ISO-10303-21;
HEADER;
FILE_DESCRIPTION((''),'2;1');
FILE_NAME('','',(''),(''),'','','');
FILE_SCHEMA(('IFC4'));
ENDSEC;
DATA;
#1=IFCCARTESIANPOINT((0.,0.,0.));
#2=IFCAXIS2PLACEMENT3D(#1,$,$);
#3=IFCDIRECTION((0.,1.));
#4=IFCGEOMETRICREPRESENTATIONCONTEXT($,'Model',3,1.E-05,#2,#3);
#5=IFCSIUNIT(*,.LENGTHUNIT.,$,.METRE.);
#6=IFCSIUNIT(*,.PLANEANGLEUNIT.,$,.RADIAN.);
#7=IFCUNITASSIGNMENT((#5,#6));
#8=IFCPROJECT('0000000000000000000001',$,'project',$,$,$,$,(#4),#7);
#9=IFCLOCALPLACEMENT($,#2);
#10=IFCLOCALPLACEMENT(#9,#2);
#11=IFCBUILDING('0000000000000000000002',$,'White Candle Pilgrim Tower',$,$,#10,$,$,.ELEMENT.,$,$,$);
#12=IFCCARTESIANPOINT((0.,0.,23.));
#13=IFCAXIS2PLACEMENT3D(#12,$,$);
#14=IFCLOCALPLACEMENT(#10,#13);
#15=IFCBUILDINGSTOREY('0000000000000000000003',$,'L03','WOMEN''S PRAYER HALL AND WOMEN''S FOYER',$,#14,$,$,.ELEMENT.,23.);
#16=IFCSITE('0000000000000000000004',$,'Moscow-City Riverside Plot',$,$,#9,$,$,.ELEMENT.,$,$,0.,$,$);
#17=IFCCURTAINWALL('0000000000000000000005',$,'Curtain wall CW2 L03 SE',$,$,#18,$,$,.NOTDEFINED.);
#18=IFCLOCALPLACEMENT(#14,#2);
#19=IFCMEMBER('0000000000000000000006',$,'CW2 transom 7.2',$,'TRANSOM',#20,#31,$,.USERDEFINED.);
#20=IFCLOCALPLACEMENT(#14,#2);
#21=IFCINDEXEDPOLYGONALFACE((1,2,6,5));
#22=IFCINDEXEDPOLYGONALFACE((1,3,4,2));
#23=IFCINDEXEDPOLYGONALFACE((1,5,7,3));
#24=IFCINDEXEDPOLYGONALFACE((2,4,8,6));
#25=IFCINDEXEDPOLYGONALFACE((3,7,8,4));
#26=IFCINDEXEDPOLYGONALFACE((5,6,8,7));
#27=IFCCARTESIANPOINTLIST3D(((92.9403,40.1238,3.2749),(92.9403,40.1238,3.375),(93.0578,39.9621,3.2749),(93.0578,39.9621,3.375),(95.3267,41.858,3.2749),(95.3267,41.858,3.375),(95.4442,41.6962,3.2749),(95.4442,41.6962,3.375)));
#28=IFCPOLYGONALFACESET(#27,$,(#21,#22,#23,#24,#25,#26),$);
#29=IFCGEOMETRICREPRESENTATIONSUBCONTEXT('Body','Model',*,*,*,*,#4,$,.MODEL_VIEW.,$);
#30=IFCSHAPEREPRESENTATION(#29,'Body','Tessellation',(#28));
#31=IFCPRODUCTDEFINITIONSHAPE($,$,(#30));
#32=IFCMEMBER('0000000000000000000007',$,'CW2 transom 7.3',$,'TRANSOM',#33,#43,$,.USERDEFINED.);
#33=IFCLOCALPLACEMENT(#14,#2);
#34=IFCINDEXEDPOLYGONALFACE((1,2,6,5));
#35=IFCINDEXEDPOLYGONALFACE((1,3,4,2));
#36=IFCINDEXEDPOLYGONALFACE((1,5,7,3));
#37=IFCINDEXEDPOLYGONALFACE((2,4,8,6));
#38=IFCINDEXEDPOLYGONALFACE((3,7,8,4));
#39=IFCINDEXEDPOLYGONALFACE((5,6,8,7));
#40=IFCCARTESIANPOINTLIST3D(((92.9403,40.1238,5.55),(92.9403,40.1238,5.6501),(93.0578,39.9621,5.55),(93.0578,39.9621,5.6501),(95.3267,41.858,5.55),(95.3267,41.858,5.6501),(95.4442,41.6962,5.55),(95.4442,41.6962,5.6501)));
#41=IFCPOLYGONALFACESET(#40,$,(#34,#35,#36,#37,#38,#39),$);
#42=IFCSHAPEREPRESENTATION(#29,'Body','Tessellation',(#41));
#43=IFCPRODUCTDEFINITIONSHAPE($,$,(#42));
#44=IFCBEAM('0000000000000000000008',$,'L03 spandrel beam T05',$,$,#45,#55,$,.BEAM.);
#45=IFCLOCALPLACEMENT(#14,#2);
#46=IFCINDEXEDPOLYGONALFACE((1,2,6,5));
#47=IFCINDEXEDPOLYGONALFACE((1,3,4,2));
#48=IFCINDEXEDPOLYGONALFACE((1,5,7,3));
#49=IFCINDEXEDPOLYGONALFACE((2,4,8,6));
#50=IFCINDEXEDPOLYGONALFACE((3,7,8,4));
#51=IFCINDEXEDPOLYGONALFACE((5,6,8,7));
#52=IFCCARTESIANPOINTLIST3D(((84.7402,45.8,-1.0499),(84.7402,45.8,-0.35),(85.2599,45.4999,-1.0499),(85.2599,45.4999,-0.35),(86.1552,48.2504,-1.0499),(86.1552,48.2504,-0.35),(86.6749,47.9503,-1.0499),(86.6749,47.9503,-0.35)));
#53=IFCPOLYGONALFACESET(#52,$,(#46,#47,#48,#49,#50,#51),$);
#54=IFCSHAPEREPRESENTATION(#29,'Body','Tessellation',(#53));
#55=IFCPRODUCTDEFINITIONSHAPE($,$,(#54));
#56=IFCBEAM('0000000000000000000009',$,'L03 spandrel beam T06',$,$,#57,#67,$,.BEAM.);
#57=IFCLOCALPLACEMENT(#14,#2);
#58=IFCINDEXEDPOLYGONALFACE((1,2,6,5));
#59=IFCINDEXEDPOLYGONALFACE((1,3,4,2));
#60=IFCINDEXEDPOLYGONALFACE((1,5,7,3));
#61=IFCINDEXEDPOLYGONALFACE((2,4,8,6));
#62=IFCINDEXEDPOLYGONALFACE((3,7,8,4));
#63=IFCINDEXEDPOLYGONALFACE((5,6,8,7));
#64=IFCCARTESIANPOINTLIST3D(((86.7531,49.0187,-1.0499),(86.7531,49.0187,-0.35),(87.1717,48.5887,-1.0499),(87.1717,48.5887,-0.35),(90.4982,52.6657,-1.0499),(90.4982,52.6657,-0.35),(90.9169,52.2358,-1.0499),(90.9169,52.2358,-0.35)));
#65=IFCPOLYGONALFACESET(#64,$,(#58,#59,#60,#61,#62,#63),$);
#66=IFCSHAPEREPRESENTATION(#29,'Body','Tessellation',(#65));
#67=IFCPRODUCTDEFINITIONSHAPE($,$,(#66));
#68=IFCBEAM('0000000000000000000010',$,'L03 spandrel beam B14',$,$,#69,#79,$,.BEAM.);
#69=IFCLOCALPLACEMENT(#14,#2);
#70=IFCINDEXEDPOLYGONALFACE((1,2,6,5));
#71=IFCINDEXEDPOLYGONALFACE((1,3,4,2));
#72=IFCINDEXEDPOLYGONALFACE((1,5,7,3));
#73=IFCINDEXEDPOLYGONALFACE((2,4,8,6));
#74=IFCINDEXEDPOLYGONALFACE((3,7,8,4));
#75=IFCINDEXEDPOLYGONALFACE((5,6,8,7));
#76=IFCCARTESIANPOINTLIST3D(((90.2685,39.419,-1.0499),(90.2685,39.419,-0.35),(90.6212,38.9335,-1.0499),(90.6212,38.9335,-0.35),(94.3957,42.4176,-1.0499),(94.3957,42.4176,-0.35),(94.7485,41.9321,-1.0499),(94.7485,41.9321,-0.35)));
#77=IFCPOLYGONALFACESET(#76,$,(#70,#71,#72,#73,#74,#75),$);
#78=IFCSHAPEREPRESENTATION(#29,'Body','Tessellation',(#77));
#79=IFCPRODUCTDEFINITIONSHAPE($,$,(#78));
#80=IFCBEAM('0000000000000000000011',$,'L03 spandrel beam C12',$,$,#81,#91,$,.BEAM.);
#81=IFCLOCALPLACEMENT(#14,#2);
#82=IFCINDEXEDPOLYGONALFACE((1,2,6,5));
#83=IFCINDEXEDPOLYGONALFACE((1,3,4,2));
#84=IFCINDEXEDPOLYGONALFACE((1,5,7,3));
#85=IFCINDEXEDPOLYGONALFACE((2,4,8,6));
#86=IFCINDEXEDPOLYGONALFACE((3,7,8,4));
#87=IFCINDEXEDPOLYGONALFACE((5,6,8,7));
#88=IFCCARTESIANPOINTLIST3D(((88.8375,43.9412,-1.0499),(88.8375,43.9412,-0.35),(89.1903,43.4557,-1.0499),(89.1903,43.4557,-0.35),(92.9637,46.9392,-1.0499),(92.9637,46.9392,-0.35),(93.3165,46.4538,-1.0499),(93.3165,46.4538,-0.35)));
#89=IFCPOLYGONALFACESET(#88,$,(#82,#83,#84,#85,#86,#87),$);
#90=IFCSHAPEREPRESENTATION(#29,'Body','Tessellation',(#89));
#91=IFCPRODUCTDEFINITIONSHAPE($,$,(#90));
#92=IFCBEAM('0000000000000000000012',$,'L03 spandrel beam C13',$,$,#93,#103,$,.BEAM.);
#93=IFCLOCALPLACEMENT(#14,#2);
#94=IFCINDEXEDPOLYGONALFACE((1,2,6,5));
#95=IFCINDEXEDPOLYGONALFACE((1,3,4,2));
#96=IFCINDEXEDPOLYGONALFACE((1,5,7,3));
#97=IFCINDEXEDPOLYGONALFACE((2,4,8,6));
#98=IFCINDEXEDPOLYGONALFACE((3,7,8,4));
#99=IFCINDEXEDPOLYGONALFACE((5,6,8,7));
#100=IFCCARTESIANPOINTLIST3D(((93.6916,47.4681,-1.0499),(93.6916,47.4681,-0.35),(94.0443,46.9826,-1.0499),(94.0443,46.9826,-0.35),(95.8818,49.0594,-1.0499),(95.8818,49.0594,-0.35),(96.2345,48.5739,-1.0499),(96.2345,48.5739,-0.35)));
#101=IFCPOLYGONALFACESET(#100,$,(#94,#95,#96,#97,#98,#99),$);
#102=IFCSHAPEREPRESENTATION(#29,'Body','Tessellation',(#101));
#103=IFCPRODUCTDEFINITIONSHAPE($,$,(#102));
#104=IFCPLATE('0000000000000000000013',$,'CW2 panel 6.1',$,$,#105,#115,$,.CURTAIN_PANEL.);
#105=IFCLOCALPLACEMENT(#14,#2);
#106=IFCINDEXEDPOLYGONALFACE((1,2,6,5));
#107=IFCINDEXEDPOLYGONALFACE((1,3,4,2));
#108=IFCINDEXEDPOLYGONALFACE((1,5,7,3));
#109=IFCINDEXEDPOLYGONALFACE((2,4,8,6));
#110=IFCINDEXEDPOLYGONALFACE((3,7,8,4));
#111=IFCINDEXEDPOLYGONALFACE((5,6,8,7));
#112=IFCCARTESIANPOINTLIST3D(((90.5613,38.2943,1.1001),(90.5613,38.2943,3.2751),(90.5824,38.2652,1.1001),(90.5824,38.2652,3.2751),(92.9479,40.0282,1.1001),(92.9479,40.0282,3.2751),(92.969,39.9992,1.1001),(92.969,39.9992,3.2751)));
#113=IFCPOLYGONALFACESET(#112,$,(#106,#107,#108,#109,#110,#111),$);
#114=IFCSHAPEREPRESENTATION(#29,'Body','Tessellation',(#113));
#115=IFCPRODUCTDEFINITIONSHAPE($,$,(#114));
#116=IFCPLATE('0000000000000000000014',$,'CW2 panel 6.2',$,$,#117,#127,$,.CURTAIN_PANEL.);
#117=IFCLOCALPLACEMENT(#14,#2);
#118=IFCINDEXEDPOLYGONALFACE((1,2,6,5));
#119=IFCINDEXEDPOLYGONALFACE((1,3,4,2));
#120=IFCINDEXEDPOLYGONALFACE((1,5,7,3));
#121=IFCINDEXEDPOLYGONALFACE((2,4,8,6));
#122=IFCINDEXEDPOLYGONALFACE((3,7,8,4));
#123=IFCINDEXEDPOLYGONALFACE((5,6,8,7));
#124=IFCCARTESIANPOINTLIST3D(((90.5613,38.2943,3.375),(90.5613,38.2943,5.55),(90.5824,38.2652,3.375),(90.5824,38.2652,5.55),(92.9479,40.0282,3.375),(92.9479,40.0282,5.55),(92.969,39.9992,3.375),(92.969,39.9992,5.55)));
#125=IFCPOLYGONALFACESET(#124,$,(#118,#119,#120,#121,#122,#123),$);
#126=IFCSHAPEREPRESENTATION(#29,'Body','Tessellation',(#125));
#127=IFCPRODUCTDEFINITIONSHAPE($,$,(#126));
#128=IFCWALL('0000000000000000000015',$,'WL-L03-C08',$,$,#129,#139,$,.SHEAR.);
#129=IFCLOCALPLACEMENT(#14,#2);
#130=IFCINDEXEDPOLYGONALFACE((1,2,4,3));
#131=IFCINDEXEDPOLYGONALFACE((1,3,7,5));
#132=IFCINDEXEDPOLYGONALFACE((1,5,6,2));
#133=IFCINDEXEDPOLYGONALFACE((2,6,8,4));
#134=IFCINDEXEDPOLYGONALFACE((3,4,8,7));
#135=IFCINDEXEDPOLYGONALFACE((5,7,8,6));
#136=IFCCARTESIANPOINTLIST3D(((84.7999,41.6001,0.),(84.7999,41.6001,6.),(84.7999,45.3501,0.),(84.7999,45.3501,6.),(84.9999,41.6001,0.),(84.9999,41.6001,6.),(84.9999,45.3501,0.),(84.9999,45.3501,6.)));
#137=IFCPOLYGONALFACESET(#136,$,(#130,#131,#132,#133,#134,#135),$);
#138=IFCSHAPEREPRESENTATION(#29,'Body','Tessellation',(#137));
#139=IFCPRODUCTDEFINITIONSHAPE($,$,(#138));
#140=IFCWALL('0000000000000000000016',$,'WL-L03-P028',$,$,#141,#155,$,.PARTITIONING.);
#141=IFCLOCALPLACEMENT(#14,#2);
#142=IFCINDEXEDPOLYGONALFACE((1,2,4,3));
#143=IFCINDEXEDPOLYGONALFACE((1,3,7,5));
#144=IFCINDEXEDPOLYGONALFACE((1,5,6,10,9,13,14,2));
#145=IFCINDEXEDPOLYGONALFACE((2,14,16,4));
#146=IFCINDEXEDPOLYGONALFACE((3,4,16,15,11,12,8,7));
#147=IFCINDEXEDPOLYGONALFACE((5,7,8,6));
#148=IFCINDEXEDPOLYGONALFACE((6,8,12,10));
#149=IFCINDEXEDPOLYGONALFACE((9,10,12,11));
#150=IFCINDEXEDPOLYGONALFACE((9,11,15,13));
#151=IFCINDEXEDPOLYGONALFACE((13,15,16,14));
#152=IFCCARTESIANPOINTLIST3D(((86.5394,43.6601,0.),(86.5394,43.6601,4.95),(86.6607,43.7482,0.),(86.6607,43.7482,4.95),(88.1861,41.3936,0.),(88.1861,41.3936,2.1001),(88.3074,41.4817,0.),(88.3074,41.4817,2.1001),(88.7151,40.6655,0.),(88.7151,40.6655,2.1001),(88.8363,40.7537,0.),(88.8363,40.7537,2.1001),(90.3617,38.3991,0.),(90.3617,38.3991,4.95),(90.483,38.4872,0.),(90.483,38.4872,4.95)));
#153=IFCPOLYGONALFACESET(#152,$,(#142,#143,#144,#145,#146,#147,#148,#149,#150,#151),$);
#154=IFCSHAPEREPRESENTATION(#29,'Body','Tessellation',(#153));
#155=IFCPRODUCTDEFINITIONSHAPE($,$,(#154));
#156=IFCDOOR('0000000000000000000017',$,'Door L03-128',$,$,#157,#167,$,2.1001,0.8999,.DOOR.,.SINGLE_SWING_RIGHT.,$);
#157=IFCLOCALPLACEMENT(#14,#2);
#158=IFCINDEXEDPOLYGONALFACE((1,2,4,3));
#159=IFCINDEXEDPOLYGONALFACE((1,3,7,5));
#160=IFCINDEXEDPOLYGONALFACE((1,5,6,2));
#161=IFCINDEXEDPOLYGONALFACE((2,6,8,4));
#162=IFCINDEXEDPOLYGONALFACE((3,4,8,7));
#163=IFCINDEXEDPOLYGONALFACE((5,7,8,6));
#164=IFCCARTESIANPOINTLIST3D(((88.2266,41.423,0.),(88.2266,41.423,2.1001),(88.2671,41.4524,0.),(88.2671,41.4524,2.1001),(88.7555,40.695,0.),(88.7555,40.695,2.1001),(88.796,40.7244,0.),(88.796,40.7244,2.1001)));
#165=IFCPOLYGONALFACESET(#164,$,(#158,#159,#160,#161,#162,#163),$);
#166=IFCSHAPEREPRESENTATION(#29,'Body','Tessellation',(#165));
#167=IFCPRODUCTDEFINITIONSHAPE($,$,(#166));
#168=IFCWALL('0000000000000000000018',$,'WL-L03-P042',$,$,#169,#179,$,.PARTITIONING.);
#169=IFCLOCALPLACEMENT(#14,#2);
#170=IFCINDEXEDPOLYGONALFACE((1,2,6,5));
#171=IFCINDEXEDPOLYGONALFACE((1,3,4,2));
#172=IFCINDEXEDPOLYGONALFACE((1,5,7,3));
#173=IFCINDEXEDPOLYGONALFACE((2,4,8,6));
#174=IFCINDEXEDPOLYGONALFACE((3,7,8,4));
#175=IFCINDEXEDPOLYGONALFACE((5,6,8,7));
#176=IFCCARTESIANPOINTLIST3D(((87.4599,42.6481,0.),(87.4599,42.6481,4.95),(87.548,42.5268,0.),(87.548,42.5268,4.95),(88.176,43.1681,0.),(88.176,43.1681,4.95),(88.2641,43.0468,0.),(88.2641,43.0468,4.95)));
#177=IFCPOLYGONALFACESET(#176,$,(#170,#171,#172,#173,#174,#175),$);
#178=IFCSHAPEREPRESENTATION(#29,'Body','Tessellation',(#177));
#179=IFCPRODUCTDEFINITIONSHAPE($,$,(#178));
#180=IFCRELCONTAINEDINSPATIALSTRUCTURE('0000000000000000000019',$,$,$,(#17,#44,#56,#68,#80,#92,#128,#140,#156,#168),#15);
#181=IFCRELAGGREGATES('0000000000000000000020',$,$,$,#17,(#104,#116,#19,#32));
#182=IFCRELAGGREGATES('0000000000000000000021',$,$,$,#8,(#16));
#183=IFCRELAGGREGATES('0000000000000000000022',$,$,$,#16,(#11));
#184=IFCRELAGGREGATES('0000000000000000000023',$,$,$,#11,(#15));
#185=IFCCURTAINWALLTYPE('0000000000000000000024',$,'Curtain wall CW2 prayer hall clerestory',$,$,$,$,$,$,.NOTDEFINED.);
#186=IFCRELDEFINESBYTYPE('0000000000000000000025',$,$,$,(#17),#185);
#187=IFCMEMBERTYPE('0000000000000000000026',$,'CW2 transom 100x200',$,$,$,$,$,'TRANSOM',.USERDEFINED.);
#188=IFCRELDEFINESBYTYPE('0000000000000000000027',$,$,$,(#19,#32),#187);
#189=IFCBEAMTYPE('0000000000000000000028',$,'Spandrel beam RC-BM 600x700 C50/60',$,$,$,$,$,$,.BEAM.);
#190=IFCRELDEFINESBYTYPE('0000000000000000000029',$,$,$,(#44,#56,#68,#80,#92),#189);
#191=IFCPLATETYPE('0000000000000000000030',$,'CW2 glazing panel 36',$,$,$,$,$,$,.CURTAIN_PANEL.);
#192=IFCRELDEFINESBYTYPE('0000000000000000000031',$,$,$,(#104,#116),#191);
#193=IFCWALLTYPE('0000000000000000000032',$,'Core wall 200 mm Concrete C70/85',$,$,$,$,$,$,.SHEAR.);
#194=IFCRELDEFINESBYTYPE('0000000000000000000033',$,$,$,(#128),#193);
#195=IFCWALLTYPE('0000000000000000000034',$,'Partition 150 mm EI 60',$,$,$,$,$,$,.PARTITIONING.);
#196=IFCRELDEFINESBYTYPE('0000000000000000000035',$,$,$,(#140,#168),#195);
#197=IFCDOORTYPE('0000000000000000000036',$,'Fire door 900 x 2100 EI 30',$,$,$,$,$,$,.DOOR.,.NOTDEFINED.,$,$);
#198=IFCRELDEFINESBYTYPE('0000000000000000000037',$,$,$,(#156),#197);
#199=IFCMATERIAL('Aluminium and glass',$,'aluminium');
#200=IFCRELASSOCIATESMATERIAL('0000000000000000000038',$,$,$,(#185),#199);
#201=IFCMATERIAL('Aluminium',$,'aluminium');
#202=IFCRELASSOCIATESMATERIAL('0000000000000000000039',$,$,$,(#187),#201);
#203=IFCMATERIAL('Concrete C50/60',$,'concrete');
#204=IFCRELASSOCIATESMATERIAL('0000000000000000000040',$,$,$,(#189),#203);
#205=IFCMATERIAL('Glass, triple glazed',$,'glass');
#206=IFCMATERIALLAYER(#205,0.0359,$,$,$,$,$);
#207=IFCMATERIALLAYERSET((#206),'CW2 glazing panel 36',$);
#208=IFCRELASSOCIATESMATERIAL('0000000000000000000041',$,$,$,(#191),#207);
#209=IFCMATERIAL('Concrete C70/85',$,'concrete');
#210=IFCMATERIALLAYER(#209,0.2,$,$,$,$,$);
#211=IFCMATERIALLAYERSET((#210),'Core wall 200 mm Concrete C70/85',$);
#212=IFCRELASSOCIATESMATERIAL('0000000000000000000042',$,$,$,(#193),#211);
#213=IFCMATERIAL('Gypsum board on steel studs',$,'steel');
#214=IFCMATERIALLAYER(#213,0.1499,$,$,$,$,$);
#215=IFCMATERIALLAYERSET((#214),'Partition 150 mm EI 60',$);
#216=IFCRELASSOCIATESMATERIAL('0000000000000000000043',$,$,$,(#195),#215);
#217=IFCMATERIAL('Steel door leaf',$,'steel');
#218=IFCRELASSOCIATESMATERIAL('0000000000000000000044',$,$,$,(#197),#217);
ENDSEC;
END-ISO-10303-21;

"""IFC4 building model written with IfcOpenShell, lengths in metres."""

from ifc_helpers import new_model, si_unit, direction, frame, frame_2d, origin, origin_2d, place, context, subcontext, project, spatial, rectangle, extrude, material, layer, layer_set, material_profile, profile_set, type_object, element, fill, aggregate, save


model = new_model("IFC4")

# Units and contexts
model_context = context("Model", 3, precision=1e-05, world=origin(), true_north=direction((0.0, 1.0)))
body_context = subcontext(model_context, "Body", "Model", "MODEL_VIEW")
ifc_project = project(units=[si_unit("LENGTHUNIT", "METRE"), si_unit("PLANEANGLEUNIT", "RADIAN")], contexts=[model_context])

# Site, building, storey
site_placement = place(None, origin())
site = spatial("IfcSite", under=ifc_project, at=site_placement, Name="Moscow-City Riverside Plot", CompositionType="ELEMENT", RefElevation=0.0)
building_placement = place(site_placement, origin())
building = spatial("IfcBuilding", under=site, at=building_placement, Name="White Candle Pilgrim Tower", CompositionType="ELEMENT")
storey_placement = place(building_placement, frame((0.0, 0.0, 23.0)))
storey = spatial("IfcBuildingStorey", under=building, at=storey_placement, Name="L03", Description="WOMEN'S PRAYER HALL AND WOMEN'S FOYER", CompositionType="ELEMENT", Elevation=23.0)

# Curtain wall, members
ifc_material_1 = material(Name="Aluminium and glass", Category="aluminium")
curtain_wall_type = type_object("IfcCurtainWallType", Name="Curtain wall CW2 prayer hall clerestory", PredefinedType="NOTDEFINED", material=ifc_material_1)
curtain_wall_placement = place(storey_placement, origin())
curtain_wall = element("IfcCurtainWall", 1, at=curtain_wall_placement, inside=storey, type_object=curtain_wall_type, Name="Curtain wall CW2 L03 SE", PredefinedType="NOTDEFINED")
ifc_material_2 = material(Name="Aluminium", Category="aluminium")
ifc_material_profile_1 = material_profile(ifc_material_2, rectangle(XDim=0.2, YDim=0.1001, at=origin_2d()), Name="CW2 transom 100x200")
ifc_profile_set_1 = profile_set([ifc_material_profile_1], Name="Aluminium")
member_type_1 = type_object("IfcMemberType", Name="CW2 transom 100x200", ElementType="TRANSOM", PredefinedType="USERDEFINED", material=ifc_profile_set_1)
member_1_placement = place(storey_placement, frame((92.999, 40.043, 3.325), z_axis=(0.808976, 0.587842, 0.0), x_axis=(-0.587842, 0.808976, 0.0)))
member_1 = element("IfcMember", 2, at=member_1_placement, type_object=member_type_1, Name="CW2 transom 7.2", ObjectType="TRANSOM", PredefinedType="USERDEFINED", context=body_context, shape_type="SweptSolid", body=[
    extrude(rectangle(XDim=0.2, YDim=0.1001, at=origin_2d()), origin(), (0.0, 0.0, 1.0), 2.95),
])
member_2_placement = place(storey_placement, frame((92.999, 40.043, 5.6001), z_axis=(0.808976, 0.587842, 0.0), x_axis=(-0.587842, 0.808976, 0.0)))
member_2 = element("IfcMember", 3, at=member_2_placement, type_object=member_type_1, Name="CW2 transom 7.3", ObjectType="TRANSOM", PredefinedType="USERDEFINED", context=body_context, shape_type="SweptSolid", body=[
    extrude(rectangle(XDim=0.2, YDim=0.1001, at=origin_2d()), origin(), (0.0, 0.0, 1.0), 2.95),
])

# Beams
ifc_material_3 = material(Name="Concrete C50/60", Category="concrete")
ifc_material_profile_2 = material_profile(ifc_material_3, rectangle(XDim=0.6001, YDim=0.7, at=origin_2d()), Name="RC-BM 600x700")
ifc_profile_set_2 = profile_set([ifc_material_profile_2], Name="Concrete C50/60")
beam_type = type_object("IfcBeamType", Name="Spandrel beam RC-BM 600x700 C50/60", PredefinedType="BEAM", material=ifc_profile_set_2)
beam_1_placement = place(storey_placement, frame((86.415, 48.1003, -0.7), z_axis=(-0.500073, -0.865983, 0.0), x_axis=(0.865983, -0.500073, 0.0)))
element("IfcBeam", 4, at=beam_1_placement, inside=storey, type_object=beam_type, Name="L03 spandrel beam T05", PredefinedType="BEAM", context=body_context, shape_type="SweptSolid", body=[
    extrude(rectangle(XDim=0.6001, YDim=0.7, at=origin_2d()), origin(), (0.0, 0.0, 1.0), 2.8296),
])
beam_2_placement = place(storey_placement, frame((86.9624, 48.8037, -0.7), z_axis=(0.716432, 0.697657, 0.0), x_axis=(-0.697657, 0.716432, 0.0)))
element("IfcBeam", 5, at=beam_2_placement, inside=storey, type_object=beam_type, Name="L03 spandrel beam T06", PredefinedType="BEAM", context=body_context, shape_type="SweptSolid", body=[
    extrude(rectangle(XDim=0.6001, YDim=0.7, at=origin_2d()), origin(), (0.0, 0.0, 1.0), 5.2275),
])
beam_3_placement = place(storey_placement, frame((90.4448, 39.1763, -0.7), z_axis=(0.809022, 0.587779, 0.0), x_axis=(-0.587779, 0.809022, 0.0)))
element("IfcBeam", 6, at=beam_3_placement, inside=storey, type_object=beam_type, Name="L03 spandrel beam B14", PredefinedType="BEAM", context=body_context, shape_type="SweptSolid", body=[
    extrude(rectangle(XDim=0.6001, YDim=0.7, at=origin_2d()), origin(), (0.0, 0.0, 1.0), 5.1016),
])
beam_4_placement = place(storey_placement, frame((89.0139, 43.6985, -0.7), z_axis=(0.809001, 0.587807, 0.0), x_axis=(-0.587807, 0.809001, 0.0)))
element("IfcBeam", 7, at=beam_4_placement, inside=storey, type_object=beam_type, Name="L03 spandrel beam C12", PredefinedType="BEAM", context=body_context, shape_type="SweptSolid", body=[
    extrude(rectangle(XDim=0.6001, YDim=0.7, at=origin_2d()), origin(), (0.0, 0.0, 1.0), 5.1003),
])
beam_5_placement = place(storey_placement, frame((93.8679, 47.2253, -0.7), z_axis=(0.809009, 0.587796, 0.0), x_axis=(-0.587796, 0.809009, 0.0)))
element("IfcBeam", 8, at=beam_5_placement, inside=storey, type_object=beam_type, Name="L03 spandrel beam C13", PredefinedType="BEAM", context=body_context, shape_type="SweptSolid", body=[
    extrude(rectangle(XDim=0.6001, YDim=0.7, at=origin_2d()), origin(), (0.0, 0.0, 1.0), 2.7073),
])

# Plates
ifc_material_4 = material(Name="Glass, triple glazed", Category="glass")
ifc_layer_1 = layer(ifc_material_4, 0.0359)
ifc_layer_set_1 = layer_set([ifc_layer_1], Name="CW2 glazing panel 36")
plate_type = type_object("IfcPlateType", Name="CW2 glazing panel 36", PredefinedType="CURTAIN_PANEL", material=ifc_layer_set_1)
plate_1_placement = place(storey_placement, frame((91.7651, 39.1467, 1.1001), z_axis=(0.0, 0.0, 1.0), x_axis=(0.809017, 0.587785, 0.0)))
plate_1 = element("IfcPlate", 9, at=plate_1_placement, type_object=plate_type, Name="CW2 panel 6.1", PredefinedType="CURTAIN_PANEL", context=body_context, shape_type="SweptSolid", body=[
    extrude(rectangle(XDim=2.95, YDim=0.0359, at=origin_2d()), origin(), (0.0, 0.0, 1.0), 2.175),
])
plate_2_placement = place(storey_placement, frame((91.7651, 39.1467, 3.375), z_axis=(0.0, 0.0, 1.0), x_axis=(0.809017, 0.587785, 0.0)))
plate_2 = element("IfcPlate", 10, at=plate_2_placement, type_object=plate_type, Name="CW2 panel 6.2", PredefinedType="CURTAIN_PANEL", context=body_context, shape_type="SweptSolid", body=[
    extrude(rectangle(XDim=2.95, YDim=0.0359, at=origin_2d()), origin(), (0.0, 0.0, 1.0), 2.175),
])
aggregate(curtain_wall, [plate_1, plate_2, member_1, member_2])

# Wall
ifc_material_5 = material(Name="Concrete C70/85", Category="concrete")
ifc_layer_2 = layer(ifc_material_5, 0.2)
ifc_layer_set_2 = layer_set([ifc_layer_2], Name="Core wall 200 mm Concrete C70/85")
wall_type_1 = type_object("IfcWallType", Name="Core wall 200 mm Concrete C70/85", PredefinedType="SHEAR", material=ifc_layer_set_2)
wall_1_placement = place(storey_placement, frame((84.8999, 41.6001, 0.0), z_axis=(0.0, 0.0, 1.0), x_axis=(0.0, 1.0, 0.0)))
element("IfcWall", 11, at=wall_1_placement, inside=storey, type_object=wall_type_1, Name="WL-L03-C08", PredefinedType="SHEAR", context=body_context, shape_type="SweptSolid", body=[
    extrude(rectangle(XDim=3.75, YDim=0.2, at=frame_2d((1.875, 0.0))), origin(), (0.0, 0.0, 1.0), 6.0),
])

# Wall, opening, door
ifc_material_6 = material(Name="Gypsum board on steel studs", Category="steel")
ifc_layer_3 = layer(ifc_material_6, 0.1499)
ifc_layer_set_3 = layer_set([ifc_layer_3], Name="Partition 150 mm EI 60")
wall_type_2 = type_object("IfcWallType", Name="Partition 150 mm EI 60", PredefinedType="PARTITIONING", material=ifc_layer_set_3)
wall_2_placement = place(storey_placement, frame((90.4224, 38.4431, 0.0), z_axis=(0.0, 0.0, 1.0), x_axis=(-0.587779, 0.809022, 0.0)))
wall_2 = element("IfcWall", 12, at=wall_2_placement, inside=storey, type_object=wall_type_2, Name="WL-L03-P028", PredefinedType="PARTITIONING", context=body_context, shape_type="SweptSolid", body=[
    extrude(rectangle(XDim=6.5029, YDim=0.1499, at=frame_2d((3.2515, 0.0))), origin(), (0.0, 0.0, 1.0), 4.95),
])
opening_placement = place(wall_2_placement, frame((2.8015, 0.0, 0.0)))
opening = element("IfcOpeningElement", 13, at=opening_placement, cuts=wall_2, PredefinedType="OPENING", context=body_context, shape_type="SweptSolid", body=[
    extrude(rectangle(XDim=0.8999, YDim=2.1001, at=frame_2d((0.45, 1.05))), frame((0.0, 0.085, 0.0), z_axis=(0.0, -1.0, 0.0), x_axis=(1.0, 0.0, 0.0)), (0.0, 0.0, 1.0), 0.1699),
])
ifc_material_7 = material(Name="Steel door leaf", Category="steel")
door_type = type_object("IfcDoorType", Name="Fire door 900 x 2100 EI 30", OperationType="NOTDEFINED", PredefinedType="DOOR", material=ifc_material_7)
door_placement = place(opening_placement, origin())
door = element("IfcDoor", 14, at=door_placement, inside=storey, type_object=door_type, Name="Door L03-128", OperationType="SINGLE_SWING_RIGHT", OverallHeight=2.1001, OverallWidth=0.8999, PredefinedType="DOOR", context=body_context, shape_type="SweptSolid", body=[
    extrude(rectangle(XDim=0.8999, YDim=2.1001, at=frame_2d((0.45, 1.05))), frame((0.0, 0.0249, 0.0), z_axis=(0.0, -1.0, 0.0), x_axis=(1.0, 0.0, 0.0)), (0.0, 0.0, 1.0), 0.05),
])
fill(opening, door)

# Wall
wall_3_placement = place(storey_placement, frame((88.22, 43.1074, 0.0), z_axis=(0.0, 0.0, 1.0), x_axis=(-0.809142, -0.587614, 0.0)))
element("IfcWall", 15, at=wall_3_placement, inside=storey, type_object=wall_type_2, Name="WL-L03-P042", PredefinedType="PARTITIONING", context=body_context, shape_type="SweptSolid", body=[
    extrude(rectangle(XDim=0.885, YDim=0.1499, at=frame_2d((0.4424, 0.0))), origin(), (0.0, 0.0, 1.0), 4.95),
])

save(model, "model.ifc")
